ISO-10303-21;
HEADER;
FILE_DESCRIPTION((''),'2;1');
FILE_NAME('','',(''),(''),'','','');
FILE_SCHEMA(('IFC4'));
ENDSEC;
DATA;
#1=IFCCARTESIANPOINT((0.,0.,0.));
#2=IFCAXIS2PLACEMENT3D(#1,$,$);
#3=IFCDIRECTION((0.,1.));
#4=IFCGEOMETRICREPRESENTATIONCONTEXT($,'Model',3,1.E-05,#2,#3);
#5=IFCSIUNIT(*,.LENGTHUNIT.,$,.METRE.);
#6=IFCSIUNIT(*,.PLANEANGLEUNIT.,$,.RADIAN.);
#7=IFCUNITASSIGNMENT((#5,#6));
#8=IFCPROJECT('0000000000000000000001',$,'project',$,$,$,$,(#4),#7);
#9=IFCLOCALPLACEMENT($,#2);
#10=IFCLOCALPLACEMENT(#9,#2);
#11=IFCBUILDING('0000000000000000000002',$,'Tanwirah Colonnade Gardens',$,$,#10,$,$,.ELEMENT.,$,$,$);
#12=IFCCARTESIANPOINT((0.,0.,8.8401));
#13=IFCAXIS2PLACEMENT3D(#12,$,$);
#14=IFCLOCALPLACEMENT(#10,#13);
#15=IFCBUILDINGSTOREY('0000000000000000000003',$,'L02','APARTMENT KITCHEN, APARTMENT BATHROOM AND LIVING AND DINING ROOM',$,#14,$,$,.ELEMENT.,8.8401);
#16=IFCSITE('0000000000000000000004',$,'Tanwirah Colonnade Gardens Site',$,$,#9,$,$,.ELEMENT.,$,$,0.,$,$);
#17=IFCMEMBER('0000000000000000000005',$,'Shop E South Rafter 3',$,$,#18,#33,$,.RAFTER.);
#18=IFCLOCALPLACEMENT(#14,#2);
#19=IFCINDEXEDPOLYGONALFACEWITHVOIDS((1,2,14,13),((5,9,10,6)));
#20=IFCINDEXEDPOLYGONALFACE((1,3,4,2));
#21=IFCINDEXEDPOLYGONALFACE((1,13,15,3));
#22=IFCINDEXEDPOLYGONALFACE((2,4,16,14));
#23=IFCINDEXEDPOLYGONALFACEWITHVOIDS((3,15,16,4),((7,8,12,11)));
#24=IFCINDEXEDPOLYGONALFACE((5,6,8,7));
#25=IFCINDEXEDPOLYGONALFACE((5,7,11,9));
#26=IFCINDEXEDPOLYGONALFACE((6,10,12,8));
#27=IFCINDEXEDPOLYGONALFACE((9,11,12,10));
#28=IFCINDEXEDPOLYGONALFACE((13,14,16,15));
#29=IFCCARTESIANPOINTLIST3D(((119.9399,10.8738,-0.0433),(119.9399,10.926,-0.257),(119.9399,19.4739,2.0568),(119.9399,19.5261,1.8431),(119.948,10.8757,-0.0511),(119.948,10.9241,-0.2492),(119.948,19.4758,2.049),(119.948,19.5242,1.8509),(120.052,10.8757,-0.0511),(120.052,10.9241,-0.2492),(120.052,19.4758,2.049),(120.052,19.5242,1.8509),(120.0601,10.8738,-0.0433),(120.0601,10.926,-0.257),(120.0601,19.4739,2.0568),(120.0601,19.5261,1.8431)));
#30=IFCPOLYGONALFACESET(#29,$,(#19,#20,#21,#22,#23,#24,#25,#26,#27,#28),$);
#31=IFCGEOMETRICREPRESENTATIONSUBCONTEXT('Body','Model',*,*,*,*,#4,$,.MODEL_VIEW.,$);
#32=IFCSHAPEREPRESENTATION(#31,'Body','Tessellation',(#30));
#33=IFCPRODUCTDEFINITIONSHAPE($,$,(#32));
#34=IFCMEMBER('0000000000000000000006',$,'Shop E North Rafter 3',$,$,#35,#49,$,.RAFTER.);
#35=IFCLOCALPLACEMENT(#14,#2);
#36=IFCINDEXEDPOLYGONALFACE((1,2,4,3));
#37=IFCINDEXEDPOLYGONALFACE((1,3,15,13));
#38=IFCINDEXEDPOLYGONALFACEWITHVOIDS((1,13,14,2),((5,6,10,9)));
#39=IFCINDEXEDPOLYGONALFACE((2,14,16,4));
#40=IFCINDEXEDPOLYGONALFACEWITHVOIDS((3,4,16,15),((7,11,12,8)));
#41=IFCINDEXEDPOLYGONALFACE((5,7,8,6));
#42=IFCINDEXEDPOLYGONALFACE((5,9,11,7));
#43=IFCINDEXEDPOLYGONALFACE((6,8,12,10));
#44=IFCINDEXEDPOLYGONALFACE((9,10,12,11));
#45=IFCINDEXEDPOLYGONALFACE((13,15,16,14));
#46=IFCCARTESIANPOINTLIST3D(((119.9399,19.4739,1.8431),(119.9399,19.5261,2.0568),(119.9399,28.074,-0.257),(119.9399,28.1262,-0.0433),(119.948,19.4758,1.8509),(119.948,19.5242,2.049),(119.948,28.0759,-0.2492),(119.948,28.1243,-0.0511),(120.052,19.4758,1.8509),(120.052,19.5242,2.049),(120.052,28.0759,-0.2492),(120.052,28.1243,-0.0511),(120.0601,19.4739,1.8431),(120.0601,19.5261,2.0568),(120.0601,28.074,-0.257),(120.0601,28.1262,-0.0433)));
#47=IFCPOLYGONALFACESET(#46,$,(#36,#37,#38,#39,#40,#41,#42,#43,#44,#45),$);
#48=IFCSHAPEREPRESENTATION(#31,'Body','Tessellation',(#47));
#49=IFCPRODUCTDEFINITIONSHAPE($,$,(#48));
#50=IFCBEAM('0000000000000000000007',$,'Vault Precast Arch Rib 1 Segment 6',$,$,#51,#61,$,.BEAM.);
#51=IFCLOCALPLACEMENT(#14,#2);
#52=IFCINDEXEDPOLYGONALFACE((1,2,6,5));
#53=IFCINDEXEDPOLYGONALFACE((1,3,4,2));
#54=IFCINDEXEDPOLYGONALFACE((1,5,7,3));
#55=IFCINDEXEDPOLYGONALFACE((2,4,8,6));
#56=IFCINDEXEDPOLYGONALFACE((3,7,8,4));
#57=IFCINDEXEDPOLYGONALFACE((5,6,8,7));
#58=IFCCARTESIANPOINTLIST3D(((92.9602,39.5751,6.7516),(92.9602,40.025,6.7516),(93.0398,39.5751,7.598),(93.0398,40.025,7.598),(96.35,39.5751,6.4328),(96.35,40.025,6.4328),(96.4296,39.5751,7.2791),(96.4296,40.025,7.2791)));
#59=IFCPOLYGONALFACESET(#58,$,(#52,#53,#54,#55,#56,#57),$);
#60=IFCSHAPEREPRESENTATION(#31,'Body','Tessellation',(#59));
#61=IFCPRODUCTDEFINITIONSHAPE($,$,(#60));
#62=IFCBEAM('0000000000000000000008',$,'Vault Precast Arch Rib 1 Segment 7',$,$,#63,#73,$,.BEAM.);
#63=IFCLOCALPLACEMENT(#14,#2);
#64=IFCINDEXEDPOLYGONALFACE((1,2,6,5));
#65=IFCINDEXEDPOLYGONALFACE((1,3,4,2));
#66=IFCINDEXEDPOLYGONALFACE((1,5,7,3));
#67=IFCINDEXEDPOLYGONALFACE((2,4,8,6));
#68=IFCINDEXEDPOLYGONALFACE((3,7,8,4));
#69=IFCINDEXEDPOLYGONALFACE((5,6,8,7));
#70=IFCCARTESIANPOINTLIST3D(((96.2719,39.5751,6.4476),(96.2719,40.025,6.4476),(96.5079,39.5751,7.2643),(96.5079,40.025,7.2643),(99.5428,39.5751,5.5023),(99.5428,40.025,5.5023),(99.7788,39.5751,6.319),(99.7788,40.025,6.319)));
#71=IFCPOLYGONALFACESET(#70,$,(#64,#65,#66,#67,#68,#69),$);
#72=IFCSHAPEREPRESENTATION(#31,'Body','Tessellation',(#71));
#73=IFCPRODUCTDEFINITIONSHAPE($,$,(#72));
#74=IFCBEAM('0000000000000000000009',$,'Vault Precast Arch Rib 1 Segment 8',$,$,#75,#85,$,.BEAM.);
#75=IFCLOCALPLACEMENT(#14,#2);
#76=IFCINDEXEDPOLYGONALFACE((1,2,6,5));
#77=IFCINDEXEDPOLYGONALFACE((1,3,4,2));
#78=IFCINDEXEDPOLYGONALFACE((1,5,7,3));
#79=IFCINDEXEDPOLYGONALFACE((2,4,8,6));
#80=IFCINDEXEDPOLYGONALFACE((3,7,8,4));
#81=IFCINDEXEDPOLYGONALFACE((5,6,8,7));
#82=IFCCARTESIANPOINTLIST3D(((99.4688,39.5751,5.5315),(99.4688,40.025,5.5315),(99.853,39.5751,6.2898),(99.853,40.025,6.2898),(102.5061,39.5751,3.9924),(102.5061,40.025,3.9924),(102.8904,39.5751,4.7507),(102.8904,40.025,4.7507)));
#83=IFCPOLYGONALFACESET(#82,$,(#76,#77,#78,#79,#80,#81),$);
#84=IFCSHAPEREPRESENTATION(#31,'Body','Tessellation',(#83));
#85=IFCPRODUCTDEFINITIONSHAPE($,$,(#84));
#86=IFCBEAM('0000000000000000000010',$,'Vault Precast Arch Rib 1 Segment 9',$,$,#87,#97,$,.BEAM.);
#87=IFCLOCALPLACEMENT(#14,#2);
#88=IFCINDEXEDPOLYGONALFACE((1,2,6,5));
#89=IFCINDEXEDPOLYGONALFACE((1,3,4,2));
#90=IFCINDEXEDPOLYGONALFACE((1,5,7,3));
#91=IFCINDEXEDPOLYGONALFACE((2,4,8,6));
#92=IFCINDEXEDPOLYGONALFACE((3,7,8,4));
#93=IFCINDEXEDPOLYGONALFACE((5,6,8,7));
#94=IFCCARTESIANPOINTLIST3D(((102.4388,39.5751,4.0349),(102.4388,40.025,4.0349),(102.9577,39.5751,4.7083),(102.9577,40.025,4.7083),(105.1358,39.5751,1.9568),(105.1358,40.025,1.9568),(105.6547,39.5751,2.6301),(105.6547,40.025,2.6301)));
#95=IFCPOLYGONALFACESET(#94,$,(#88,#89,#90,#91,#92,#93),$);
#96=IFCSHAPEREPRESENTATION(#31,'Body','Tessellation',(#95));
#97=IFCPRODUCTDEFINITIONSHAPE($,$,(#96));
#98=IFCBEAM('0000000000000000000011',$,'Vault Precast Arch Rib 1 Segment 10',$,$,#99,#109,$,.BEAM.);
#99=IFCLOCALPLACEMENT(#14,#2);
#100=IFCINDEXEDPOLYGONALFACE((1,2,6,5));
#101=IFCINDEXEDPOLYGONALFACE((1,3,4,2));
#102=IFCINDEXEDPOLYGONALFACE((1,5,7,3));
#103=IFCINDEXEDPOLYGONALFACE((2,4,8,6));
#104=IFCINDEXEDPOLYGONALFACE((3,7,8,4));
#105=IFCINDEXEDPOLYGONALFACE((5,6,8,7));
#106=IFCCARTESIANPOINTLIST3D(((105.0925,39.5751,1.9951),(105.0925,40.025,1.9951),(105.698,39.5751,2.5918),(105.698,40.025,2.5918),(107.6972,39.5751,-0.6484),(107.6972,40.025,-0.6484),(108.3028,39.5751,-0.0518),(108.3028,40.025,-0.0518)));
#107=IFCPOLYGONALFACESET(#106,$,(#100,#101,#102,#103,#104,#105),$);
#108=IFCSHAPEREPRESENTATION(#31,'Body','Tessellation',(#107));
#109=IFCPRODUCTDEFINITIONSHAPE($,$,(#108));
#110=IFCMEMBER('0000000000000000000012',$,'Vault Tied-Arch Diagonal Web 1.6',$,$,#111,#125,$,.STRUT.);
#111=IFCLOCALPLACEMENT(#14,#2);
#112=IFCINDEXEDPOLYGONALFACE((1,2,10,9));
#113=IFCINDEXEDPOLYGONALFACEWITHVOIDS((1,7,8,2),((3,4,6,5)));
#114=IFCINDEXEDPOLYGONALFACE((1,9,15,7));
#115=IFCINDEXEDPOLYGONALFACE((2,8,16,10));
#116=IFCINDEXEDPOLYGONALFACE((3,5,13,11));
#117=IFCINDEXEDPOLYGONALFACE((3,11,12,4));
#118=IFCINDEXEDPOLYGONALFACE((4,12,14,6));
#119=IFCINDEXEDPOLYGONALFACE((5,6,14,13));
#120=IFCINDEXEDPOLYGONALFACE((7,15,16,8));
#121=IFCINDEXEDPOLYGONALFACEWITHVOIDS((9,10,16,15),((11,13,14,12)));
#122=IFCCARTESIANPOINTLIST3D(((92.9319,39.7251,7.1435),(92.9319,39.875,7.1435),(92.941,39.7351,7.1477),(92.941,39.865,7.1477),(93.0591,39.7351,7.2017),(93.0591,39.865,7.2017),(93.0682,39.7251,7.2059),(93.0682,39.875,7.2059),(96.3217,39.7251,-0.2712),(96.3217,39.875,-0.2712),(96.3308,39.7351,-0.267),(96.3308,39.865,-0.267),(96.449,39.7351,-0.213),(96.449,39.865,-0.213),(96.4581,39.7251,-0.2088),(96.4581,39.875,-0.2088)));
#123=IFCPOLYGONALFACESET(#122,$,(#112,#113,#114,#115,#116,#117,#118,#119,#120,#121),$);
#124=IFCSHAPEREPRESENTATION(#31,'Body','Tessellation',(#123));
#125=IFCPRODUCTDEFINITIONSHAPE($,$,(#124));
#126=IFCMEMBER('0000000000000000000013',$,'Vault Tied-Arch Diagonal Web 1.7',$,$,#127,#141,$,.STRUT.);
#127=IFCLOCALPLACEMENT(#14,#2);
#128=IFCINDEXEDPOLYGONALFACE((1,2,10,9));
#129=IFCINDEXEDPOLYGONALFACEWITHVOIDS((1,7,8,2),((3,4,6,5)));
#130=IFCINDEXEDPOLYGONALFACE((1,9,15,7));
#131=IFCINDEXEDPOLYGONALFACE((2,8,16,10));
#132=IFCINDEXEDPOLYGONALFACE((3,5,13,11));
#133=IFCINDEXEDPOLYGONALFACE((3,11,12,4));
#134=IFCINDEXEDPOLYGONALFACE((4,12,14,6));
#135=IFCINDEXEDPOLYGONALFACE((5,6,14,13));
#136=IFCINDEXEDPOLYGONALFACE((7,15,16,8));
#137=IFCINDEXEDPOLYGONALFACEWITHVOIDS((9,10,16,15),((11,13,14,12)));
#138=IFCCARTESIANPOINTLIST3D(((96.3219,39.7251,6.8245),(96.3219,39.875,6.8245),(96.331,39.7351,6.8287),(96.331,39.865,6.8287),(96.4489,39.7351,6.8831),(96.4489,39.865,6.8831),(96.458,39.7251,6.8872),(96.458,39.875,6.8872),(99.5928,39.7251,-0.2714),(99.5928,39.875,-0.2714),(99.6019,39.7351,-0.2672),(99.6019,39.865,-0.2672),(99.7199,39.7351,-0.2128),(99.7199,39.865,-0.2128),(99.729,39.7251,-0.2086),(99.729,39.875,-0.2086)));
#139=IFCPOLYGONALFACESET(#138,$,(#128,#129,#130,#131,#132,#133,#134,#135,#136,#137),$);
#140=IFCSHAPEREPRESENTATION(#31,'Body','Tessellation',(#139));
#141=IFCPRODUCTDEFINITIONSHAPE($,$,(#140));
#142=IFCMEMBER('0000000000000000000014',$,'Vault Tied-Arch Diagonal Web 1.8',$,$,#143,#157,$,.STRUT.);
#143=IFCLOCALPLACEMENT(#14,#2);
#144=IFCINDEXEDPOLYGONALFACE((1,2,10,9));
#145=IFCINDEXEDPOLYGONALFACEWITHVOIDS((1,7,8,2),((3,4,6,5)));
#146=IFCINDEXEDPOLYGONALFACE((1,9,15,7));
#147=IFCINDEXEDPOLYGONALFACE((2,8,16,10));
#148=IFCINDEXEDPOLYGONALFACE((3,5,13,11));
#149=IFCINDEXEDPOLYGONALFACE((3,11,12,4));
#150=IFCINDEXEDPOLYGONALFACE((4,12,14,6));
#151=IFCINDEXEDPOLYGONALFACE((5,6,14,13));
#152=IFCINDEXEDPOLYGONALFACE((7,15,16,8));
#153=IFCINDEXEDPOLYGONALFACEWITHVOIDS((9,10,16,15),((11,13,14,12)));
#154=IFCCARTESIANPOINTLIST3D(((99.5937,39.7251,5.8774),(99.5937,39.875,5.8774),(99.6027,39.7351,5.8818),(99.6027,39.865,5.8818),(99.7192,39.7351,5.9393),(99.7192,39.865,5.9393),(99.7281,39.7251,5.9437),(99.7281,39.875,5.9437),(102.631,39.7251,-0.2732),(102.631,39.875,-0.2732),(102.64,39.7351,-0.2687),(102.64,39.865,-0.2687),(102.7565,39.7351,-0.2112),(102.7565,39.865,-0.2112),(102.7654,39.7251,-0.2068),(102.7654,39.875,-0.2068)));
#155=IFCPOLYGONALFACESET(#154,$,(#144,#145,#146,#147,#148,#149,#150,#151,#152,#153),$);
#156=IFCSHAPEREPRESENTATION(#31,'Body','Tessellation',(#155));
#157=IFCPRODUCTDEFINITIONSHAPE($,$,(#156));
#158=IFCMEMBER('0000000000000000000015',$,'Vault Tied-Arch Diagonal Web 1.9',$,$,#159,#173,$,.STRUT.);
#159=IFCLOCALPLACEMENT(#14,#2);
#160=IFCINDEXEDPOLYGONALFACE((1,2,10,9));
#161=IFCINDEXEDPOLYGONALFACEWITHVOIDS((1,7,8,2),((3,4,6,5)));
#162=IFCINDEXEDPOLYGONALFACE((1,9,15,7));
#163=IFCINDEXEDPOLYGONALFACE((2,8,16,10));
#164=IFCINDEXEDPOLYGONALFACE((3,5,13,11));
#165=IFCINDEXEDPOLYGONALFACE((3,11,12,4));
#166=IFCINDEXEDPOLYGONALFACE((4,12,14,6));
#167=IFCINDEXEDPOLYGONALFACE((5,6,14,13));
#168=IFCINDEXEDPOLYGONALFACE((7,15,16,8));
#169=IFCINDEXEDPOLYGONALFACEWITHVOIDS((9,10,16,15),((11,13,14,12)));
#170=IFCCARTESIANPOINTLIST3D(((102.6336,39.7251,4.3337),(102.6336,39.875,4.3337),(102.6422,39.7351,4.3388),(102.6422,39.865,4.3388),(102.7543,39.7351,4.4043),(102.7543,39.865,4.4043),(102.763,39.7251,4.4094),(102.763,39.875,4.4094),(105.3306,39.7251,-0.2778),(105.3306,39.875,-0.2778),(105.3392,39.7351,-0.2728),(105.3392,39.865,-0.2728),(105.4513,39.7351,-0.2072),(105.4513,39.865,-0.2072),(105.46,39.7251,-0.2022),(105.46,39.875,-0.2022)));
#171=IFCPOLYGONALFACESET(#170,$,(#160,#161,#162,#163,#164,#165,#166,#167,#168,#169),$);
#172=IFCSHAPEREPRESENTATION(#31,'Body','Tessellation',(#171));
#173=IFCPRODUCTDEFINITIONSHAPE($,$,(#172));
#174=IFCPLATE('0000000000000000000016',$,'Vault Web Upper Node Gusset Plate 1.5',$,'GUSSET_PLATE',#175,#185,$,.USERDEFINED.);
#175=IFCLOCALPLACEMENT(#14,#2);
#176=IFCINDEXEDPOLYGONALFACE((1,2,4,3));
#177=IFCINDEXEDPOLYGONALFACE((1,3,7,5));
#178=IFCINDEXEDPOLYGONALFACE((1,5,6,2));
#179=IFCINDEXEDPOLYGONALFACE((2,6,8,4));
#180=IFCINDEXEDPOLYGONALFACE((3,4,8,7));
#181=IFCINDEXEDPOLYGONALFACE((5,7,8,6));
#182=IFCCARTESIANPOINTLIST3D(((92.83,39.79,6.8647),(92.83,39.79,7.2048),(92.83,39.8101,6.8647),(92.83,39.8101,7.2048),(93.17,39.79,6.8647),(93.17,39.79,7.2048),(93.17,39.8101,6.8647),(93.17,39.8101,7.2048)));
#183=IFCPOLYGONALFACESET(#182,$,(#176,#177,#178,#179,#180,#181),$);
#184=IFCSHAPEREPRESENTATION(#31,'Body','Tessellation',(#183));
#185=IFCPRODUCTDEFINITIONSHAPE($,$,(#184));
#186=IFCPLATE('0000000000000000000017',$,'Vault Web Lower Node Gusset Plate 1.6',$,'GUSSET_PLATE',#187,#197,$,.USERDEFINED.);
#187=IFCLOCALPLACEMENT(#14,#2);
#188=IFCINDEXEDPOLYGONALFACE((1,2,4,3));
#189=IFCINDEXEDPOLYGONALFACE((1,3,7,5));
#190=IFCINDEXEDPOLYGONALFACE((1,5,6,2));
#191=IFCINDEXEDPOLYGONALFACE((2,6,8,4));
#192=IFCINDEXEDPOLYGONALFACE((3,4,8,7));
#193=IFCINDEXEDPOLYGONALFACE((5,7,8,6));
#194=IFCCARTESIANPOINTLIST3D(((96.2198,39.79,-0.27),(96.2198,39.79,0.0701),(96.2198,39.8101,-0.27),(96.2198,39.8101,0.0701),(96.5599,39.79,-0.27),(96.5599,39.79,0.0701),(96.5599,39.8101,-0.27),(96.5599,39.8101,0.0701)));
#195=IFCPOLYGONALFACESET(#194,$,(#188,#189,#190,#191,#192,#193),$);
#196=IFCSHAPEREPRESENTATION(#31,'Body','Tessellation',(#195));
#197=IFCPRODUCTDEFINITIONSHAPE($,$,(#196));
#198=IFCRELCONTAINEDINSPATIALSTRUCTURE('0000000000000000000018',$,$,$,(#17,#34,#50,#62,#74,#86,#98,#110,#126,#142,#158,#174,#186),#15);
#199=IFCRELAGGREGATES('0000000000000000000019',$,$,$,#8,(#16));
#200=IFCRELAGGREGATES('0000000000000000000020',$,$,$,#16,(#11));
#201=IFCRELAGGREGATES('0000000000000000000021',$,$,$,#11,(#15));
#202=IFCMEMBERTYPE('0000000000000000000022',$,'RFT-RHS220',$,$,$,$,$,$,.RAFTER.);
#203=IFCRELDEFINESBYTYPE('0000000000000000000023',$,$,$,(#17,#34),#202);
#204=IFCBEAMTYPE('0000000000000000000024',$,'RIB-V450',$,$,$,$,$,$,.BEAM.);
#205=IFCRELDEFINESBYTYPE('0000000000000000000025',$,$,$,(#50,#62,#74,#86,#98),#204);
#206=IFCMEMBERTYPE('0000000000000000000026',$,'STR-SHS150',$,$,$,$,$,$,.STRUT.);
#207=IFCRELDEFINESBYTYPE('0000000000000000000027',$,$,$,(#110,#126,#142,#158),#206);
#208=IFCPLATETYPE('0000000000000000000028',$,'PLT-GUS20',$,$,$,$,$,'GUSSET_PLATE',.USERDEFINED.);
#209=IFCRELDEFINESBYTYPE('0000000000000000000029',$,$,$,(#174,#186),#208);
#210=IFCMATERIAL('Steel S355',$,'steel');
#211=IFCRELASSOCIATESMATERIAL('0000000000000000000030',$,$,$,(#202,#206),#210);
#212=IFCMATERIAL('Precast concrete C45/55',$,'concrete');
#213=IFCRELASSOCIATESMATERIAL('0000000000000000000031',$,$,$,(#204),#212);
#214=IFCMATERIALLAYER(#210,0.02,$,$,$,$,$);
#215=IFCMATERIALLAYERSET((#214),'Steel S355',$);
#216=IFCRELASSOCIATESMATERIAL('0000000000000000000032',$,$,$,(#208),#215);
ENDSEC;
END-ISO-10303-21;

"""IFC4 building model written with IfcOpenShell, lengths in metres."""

from ifc_helpers import new_model, si_unit, direction, frame, origin, origin_2d, place, context, subcontext, project, spatial, rectangle, hollow_rectangle, extrude, material, layer, layer_set, material_profile, profile_set, type_object, element, save


model = new_model("IFC4")

# Units and contexts
model_context = context("Model", 3, precision=1e-05, world=origin(), true_north=direction((0.0, 1.0)))
body_context = subcontext(model_context, "Body", "Model", "MODEL_VIEW")
ifc_project = project(units=[si_unit("LENGTHUNIT", "METRE"), si_unit("PLANEANGLEUNIT", "RADIAN")], contexts=[model_context])

# Site, building, storey
site_placement = place(None, origin())
site = spatial("IfcSite", under=ifc_project, at=site_placement, Name="Tanwirah Colonnade Gardens Site", CompositionType="ELEMENT", RefElevation=0.0)
building_placement = place(site_placement, origin())
building = spatial("IfcBuilding", under=site, at=building_placement, Name="Tanwirah Colonnade Gardens", CompositionType="ELEMENT")
storey_placement = place(building_placement, frame((0.0, 0.0, 8.8401)))
storey = spatial("IfcBuildingStorey", under=building, at=storey_placement, Name="L02", Description="APARTMENT KITCHEN, APARTMENT BATHROOM AND LIVING AND DINING ROOM", CompositionType="ELEMENT", Elevation=8.8401)

# Members
ifc_material_1 = material(Name="Steel S355", Category="steel")
ifc_material_profile_1 = material_profile(ifc_material_1, hollow_rectangle(XDim=0.1201, YDim=0.22, WallThickness=0.0081, at=origin_2d()), Name="RHS 220x120x8")
ifc_profile_set_1 = profile_set([ifc_material_profile_1], Name="Steel S355")
member_type_1 = type_object("IfcMemberType", Name="RFT-RHS220", PredefinedType="RAFTER", material=ifc_profile_set_1)
for number, where, z_axis, x_axis, name in (
    (1, (120.0, 10.8999, -0.1501), (0.0, 0.971455, 0.237224), (-1.0, 0.0, 0.0), "Shop E South Rafter 3"),
    (2, (120.0, 28.1001, -0.1501), (0.0, -0.971455, 0.237224), (1.0, 0.0, 0.0), "Shop E North Rafter 3"),
):
    element("IfcMember", number, at=place(storey_placement, frame(where, z_axis=z_axis, x_axis=x_axis)), inside=storey, type_object=member_type_1, Name=name, PredefinedType="RAFTER", context=body_context, shape_type="SweptSolid", body=[
        extrude(hollow_rectangle(XDim=0.1201, YDim=0.22, WallThickness=0.0081, at=origin_2d()), origin(), (0.0, 0.0, 1.0), 8.8528),
    ])

# Beams
ifc_material_2 = material(Name="Precast concrete C45/55", Category="concrete")
ifc_material_profile_2 = material_profile(ifc_material_2, rectangle(XDim=0.45, YDim=0.8501, at=origin_2d()), Name="PC-RIB 450x850")
ifc_profile_set_2 = profile_set([ifc_material_profile_2], Name="Precast concrete C45/55")
beam_type = type_object("IfcBeamType", Name="RIB-V450", PredefinedType="BEAM", material=ifc_profile_set_2)
for number, where, z_axis, x_axis, name in (
    (3, (93.0, 39.8, 7.1748), (0.995606, 0.0, -0.093645), (0.0, 1.0, 0.0), "Vault Precast Arch Rib 1 Segment 6"),
    (4, (96.3899, 39.8, 6.856), (0.960686, 0.0, -0.277637), (0.0, 1.0, 0.0), "Vault Precast Arch Rib 1 Segment 7"),
):
    element("IfcBeam", number, at=place(storey_placement, frame(where, z_axis=z_axis, x_axis=x_axis)), inside=storey, type_object=beam_type, Name=name, PredefinedType="BEAM", context=body_context, shape_type="SweptSolid", body=[
        extrude(rectangle(XDim=0.45, YDim=0.8501, at=origin_2d()), origin(), (0.0, 0.0, 1.0), 3.4048),
    ])
beam_1_placement = place(storey_placement, frame((99.6609, 39.8, 5.9106), z_axis=(0.89202, 0.0, -0.451997), x_axis=(0.0, 1.0, 0.0)))
element("IfcBeam", 5, at=beam_1_placement, inside=storey, type_object=beam_type, Name="Vault Precast Arch Rib 1 Segment 8", PredefinedType="BEAM", context=body_context, shape_type="SweptSolid", body=[
    extrude(rectangle(XDim=0.45, YDim=0.8501, at=origin_2d()), origin(), (0.0, 0.0, 1.0), 3.405),
])
beam_2_placement = place(storey_placement, frame((102.6982, 39.8, 4.3716), z_axis=(0.792128, 0.0, -0.610355), x_axis=(0.0, 1.0, 0.0)))
element("IfcBeam", 6, at=beam_2_placement, inside=storey, type_object=beam_type, Name="Vault Precast Arch Rib 1 Segment 9", PredefinedType="BEAM", context=body_context, shape_type="SweptSolid", body=[
    extrude(rectangle(XDim=0.45, YDim=0.8501, at=origin_2d()), origin(), (0.0, 0.0, 1.0), 3.4048),
])
beam_3_placement = place(storey_placement, frame((105.3953, 39.8, 2.2935), z_axis=(0.701858, 0.0, -0.712317), x_axis=(0.0, 1.0, 0.0)))
element("IfcBeam", 7, at=beam_3_placement, inside=storey, type_object=beam_type, Name="Vault Precast Arch Rib 1 Segment 10", PredefinedType="BEAM", context=body_context, shape_type="SweptSolid", body=[
    extrude(rectangle(XDim=0.45, YDim=0.8501, at=origin_2d()), origin(), (0.0, 0.0, 1.0), 3.7112),
])

# Members
ifc_material_profile_3 = material_profile(ifc_material_1, hollow_rectangle(XDim=0.1499, YDim=0.1499, WallThickness=0.01, at=origin_2d()), Name="SHS 150x150x10")
ifc_profile_set_3 = profile_set([ifc_material_profile_3], Name="Steel S355")
member_type_2 = type_object("IfcMemberType", Name="STR-SHS150", PredefinedType="STRUT", material=ifc_profile_set_3)
member_1_placement = place(storey_placement, frame((96.3899, 39.8, -0.24), z_axis=(-0.415787, 0.0, 0.909462), x_axis=(0.0, -1.0, 0.0)))
element("IfcMember", 8, at=member_1_placement, inside=storey, type_object=member_type_2, Name="Vault Tied-Arch Diagonal Web 1.6", PredefinedType="STRUT", context=body_context, shape_type="SweptSolid", body=[
    extrude(hollow_rectangle(XDim=0.1499, YDim=0.1499, WallThickness=0.01, at=origin_2d()), origin(), (0.0, 0.0, 1.0), 8.1528),
])
member_2_placement = place(storey_placement, frame((99.6609, 39.8, -0.24), z_axis=(-0.41863, 0.0, 0.908157), x_axis=(0.0, -1.0, 0.0)))
element("IfcMember", 9, at=member_2_placement, inside=storey, type_object=member_type_2, Name="Vault Tied-Arch Diagonal Web 1.7", PredefinedType="STRUT", context=body_context, shape_type="SweptSolid", body=[
    extrude(hollow_rectangle(XDim=0.1499, YDim=0.1499, WallThickness=0.01, at=origin_2d()), origin(), (0.0, 0.0, 1.0), 7.8135),
])
member_3_placement = place(storey_placement, frame((102.6982, 39.8, -0.24), z_axis=(-0.442781, 0.0, 0.89663), x_axis=(0.0, -1.0, 0.0)))
element("IfcMember", 10, at=member_3_placement, inside=storey, type_object=member_type_2, Name="Vault Tied-Arch Diagonal Web 1.8", PredefinedType="STRUT", context=body_context, shape_type="SweptSolid", body=[
    extrude(hollow_rectangle(XDim=0.1499, YDim=0.1499, WallThickness=0.01, at=origin_2d()), origin(), (0.0, 0.0, 1.0), 6.8596),
])
member_4_placement = place(storey_placement, frame((105.3953, 39.8, -0.24), z_axis=(-0.50484, 0.0, 0.863213), x_axis=(0.0, -1.0, 0.0)))
element("IfcMember", 11, at=member_4_placement, inside=storey, type_object=member_type_2, Name="Vault Tied-Arch Diagonal Web 1.9", PredefinedType="STRUT", context=body_context, shape_type="SweptSolid", body=[
    extrude(hollow_rectangle(XDim=0.1499, YDim=0.1499, WallThickness=0.01, at=origin_2d()), origin(), (0.0, 0.0, 1.0), 5.3423),
])

# Plates
ifc_layer_1 = layer(ifc_material_1, 0.02)
ifc_layer_set_1 = layer_set([ifc_layer_1], Name="Steel S355")
plate_type = type_object("IfcPlateType", Name="PLT-GUS20", ElementType="GUSSET_PLATE", PredefinedType="USERDEFINED", material=ifc_layer_set_1)
for number, where, z_axis, x_axis, name in (
    (12, (93.0, 39.8, 6.8647), (0.0, 0.0, 1.0), (1.0, 0.0, 0.0), "Vault Web Upper Node Gusset Plate 1.5"),
    (13, (96.3899, 39.8, -0.27), (0.0, 0.0, 1.0), (1.0, 0.0, 0.0), "Vault Web Lower Node Gusset Plate 1.6"),
):
    element("IfcPlate", number, at=place(storey_placement, frame(where, z_axis=z_axis, x_axis=x_axis)), inside=storey, type_object=plate_type, Name=name, ObjectType="GUSSET_PLATE", PredefinedType="USERDEFINED", context=body_context, shape_type="SweptSolid", body=[
        extrude(rectangle(XDim=0.3401, YDim=0.02, at=origin_2d()), origin(), (0.0, 0.0, 1.0), 0.3401),
    ])

save(model, "model.ifc")
